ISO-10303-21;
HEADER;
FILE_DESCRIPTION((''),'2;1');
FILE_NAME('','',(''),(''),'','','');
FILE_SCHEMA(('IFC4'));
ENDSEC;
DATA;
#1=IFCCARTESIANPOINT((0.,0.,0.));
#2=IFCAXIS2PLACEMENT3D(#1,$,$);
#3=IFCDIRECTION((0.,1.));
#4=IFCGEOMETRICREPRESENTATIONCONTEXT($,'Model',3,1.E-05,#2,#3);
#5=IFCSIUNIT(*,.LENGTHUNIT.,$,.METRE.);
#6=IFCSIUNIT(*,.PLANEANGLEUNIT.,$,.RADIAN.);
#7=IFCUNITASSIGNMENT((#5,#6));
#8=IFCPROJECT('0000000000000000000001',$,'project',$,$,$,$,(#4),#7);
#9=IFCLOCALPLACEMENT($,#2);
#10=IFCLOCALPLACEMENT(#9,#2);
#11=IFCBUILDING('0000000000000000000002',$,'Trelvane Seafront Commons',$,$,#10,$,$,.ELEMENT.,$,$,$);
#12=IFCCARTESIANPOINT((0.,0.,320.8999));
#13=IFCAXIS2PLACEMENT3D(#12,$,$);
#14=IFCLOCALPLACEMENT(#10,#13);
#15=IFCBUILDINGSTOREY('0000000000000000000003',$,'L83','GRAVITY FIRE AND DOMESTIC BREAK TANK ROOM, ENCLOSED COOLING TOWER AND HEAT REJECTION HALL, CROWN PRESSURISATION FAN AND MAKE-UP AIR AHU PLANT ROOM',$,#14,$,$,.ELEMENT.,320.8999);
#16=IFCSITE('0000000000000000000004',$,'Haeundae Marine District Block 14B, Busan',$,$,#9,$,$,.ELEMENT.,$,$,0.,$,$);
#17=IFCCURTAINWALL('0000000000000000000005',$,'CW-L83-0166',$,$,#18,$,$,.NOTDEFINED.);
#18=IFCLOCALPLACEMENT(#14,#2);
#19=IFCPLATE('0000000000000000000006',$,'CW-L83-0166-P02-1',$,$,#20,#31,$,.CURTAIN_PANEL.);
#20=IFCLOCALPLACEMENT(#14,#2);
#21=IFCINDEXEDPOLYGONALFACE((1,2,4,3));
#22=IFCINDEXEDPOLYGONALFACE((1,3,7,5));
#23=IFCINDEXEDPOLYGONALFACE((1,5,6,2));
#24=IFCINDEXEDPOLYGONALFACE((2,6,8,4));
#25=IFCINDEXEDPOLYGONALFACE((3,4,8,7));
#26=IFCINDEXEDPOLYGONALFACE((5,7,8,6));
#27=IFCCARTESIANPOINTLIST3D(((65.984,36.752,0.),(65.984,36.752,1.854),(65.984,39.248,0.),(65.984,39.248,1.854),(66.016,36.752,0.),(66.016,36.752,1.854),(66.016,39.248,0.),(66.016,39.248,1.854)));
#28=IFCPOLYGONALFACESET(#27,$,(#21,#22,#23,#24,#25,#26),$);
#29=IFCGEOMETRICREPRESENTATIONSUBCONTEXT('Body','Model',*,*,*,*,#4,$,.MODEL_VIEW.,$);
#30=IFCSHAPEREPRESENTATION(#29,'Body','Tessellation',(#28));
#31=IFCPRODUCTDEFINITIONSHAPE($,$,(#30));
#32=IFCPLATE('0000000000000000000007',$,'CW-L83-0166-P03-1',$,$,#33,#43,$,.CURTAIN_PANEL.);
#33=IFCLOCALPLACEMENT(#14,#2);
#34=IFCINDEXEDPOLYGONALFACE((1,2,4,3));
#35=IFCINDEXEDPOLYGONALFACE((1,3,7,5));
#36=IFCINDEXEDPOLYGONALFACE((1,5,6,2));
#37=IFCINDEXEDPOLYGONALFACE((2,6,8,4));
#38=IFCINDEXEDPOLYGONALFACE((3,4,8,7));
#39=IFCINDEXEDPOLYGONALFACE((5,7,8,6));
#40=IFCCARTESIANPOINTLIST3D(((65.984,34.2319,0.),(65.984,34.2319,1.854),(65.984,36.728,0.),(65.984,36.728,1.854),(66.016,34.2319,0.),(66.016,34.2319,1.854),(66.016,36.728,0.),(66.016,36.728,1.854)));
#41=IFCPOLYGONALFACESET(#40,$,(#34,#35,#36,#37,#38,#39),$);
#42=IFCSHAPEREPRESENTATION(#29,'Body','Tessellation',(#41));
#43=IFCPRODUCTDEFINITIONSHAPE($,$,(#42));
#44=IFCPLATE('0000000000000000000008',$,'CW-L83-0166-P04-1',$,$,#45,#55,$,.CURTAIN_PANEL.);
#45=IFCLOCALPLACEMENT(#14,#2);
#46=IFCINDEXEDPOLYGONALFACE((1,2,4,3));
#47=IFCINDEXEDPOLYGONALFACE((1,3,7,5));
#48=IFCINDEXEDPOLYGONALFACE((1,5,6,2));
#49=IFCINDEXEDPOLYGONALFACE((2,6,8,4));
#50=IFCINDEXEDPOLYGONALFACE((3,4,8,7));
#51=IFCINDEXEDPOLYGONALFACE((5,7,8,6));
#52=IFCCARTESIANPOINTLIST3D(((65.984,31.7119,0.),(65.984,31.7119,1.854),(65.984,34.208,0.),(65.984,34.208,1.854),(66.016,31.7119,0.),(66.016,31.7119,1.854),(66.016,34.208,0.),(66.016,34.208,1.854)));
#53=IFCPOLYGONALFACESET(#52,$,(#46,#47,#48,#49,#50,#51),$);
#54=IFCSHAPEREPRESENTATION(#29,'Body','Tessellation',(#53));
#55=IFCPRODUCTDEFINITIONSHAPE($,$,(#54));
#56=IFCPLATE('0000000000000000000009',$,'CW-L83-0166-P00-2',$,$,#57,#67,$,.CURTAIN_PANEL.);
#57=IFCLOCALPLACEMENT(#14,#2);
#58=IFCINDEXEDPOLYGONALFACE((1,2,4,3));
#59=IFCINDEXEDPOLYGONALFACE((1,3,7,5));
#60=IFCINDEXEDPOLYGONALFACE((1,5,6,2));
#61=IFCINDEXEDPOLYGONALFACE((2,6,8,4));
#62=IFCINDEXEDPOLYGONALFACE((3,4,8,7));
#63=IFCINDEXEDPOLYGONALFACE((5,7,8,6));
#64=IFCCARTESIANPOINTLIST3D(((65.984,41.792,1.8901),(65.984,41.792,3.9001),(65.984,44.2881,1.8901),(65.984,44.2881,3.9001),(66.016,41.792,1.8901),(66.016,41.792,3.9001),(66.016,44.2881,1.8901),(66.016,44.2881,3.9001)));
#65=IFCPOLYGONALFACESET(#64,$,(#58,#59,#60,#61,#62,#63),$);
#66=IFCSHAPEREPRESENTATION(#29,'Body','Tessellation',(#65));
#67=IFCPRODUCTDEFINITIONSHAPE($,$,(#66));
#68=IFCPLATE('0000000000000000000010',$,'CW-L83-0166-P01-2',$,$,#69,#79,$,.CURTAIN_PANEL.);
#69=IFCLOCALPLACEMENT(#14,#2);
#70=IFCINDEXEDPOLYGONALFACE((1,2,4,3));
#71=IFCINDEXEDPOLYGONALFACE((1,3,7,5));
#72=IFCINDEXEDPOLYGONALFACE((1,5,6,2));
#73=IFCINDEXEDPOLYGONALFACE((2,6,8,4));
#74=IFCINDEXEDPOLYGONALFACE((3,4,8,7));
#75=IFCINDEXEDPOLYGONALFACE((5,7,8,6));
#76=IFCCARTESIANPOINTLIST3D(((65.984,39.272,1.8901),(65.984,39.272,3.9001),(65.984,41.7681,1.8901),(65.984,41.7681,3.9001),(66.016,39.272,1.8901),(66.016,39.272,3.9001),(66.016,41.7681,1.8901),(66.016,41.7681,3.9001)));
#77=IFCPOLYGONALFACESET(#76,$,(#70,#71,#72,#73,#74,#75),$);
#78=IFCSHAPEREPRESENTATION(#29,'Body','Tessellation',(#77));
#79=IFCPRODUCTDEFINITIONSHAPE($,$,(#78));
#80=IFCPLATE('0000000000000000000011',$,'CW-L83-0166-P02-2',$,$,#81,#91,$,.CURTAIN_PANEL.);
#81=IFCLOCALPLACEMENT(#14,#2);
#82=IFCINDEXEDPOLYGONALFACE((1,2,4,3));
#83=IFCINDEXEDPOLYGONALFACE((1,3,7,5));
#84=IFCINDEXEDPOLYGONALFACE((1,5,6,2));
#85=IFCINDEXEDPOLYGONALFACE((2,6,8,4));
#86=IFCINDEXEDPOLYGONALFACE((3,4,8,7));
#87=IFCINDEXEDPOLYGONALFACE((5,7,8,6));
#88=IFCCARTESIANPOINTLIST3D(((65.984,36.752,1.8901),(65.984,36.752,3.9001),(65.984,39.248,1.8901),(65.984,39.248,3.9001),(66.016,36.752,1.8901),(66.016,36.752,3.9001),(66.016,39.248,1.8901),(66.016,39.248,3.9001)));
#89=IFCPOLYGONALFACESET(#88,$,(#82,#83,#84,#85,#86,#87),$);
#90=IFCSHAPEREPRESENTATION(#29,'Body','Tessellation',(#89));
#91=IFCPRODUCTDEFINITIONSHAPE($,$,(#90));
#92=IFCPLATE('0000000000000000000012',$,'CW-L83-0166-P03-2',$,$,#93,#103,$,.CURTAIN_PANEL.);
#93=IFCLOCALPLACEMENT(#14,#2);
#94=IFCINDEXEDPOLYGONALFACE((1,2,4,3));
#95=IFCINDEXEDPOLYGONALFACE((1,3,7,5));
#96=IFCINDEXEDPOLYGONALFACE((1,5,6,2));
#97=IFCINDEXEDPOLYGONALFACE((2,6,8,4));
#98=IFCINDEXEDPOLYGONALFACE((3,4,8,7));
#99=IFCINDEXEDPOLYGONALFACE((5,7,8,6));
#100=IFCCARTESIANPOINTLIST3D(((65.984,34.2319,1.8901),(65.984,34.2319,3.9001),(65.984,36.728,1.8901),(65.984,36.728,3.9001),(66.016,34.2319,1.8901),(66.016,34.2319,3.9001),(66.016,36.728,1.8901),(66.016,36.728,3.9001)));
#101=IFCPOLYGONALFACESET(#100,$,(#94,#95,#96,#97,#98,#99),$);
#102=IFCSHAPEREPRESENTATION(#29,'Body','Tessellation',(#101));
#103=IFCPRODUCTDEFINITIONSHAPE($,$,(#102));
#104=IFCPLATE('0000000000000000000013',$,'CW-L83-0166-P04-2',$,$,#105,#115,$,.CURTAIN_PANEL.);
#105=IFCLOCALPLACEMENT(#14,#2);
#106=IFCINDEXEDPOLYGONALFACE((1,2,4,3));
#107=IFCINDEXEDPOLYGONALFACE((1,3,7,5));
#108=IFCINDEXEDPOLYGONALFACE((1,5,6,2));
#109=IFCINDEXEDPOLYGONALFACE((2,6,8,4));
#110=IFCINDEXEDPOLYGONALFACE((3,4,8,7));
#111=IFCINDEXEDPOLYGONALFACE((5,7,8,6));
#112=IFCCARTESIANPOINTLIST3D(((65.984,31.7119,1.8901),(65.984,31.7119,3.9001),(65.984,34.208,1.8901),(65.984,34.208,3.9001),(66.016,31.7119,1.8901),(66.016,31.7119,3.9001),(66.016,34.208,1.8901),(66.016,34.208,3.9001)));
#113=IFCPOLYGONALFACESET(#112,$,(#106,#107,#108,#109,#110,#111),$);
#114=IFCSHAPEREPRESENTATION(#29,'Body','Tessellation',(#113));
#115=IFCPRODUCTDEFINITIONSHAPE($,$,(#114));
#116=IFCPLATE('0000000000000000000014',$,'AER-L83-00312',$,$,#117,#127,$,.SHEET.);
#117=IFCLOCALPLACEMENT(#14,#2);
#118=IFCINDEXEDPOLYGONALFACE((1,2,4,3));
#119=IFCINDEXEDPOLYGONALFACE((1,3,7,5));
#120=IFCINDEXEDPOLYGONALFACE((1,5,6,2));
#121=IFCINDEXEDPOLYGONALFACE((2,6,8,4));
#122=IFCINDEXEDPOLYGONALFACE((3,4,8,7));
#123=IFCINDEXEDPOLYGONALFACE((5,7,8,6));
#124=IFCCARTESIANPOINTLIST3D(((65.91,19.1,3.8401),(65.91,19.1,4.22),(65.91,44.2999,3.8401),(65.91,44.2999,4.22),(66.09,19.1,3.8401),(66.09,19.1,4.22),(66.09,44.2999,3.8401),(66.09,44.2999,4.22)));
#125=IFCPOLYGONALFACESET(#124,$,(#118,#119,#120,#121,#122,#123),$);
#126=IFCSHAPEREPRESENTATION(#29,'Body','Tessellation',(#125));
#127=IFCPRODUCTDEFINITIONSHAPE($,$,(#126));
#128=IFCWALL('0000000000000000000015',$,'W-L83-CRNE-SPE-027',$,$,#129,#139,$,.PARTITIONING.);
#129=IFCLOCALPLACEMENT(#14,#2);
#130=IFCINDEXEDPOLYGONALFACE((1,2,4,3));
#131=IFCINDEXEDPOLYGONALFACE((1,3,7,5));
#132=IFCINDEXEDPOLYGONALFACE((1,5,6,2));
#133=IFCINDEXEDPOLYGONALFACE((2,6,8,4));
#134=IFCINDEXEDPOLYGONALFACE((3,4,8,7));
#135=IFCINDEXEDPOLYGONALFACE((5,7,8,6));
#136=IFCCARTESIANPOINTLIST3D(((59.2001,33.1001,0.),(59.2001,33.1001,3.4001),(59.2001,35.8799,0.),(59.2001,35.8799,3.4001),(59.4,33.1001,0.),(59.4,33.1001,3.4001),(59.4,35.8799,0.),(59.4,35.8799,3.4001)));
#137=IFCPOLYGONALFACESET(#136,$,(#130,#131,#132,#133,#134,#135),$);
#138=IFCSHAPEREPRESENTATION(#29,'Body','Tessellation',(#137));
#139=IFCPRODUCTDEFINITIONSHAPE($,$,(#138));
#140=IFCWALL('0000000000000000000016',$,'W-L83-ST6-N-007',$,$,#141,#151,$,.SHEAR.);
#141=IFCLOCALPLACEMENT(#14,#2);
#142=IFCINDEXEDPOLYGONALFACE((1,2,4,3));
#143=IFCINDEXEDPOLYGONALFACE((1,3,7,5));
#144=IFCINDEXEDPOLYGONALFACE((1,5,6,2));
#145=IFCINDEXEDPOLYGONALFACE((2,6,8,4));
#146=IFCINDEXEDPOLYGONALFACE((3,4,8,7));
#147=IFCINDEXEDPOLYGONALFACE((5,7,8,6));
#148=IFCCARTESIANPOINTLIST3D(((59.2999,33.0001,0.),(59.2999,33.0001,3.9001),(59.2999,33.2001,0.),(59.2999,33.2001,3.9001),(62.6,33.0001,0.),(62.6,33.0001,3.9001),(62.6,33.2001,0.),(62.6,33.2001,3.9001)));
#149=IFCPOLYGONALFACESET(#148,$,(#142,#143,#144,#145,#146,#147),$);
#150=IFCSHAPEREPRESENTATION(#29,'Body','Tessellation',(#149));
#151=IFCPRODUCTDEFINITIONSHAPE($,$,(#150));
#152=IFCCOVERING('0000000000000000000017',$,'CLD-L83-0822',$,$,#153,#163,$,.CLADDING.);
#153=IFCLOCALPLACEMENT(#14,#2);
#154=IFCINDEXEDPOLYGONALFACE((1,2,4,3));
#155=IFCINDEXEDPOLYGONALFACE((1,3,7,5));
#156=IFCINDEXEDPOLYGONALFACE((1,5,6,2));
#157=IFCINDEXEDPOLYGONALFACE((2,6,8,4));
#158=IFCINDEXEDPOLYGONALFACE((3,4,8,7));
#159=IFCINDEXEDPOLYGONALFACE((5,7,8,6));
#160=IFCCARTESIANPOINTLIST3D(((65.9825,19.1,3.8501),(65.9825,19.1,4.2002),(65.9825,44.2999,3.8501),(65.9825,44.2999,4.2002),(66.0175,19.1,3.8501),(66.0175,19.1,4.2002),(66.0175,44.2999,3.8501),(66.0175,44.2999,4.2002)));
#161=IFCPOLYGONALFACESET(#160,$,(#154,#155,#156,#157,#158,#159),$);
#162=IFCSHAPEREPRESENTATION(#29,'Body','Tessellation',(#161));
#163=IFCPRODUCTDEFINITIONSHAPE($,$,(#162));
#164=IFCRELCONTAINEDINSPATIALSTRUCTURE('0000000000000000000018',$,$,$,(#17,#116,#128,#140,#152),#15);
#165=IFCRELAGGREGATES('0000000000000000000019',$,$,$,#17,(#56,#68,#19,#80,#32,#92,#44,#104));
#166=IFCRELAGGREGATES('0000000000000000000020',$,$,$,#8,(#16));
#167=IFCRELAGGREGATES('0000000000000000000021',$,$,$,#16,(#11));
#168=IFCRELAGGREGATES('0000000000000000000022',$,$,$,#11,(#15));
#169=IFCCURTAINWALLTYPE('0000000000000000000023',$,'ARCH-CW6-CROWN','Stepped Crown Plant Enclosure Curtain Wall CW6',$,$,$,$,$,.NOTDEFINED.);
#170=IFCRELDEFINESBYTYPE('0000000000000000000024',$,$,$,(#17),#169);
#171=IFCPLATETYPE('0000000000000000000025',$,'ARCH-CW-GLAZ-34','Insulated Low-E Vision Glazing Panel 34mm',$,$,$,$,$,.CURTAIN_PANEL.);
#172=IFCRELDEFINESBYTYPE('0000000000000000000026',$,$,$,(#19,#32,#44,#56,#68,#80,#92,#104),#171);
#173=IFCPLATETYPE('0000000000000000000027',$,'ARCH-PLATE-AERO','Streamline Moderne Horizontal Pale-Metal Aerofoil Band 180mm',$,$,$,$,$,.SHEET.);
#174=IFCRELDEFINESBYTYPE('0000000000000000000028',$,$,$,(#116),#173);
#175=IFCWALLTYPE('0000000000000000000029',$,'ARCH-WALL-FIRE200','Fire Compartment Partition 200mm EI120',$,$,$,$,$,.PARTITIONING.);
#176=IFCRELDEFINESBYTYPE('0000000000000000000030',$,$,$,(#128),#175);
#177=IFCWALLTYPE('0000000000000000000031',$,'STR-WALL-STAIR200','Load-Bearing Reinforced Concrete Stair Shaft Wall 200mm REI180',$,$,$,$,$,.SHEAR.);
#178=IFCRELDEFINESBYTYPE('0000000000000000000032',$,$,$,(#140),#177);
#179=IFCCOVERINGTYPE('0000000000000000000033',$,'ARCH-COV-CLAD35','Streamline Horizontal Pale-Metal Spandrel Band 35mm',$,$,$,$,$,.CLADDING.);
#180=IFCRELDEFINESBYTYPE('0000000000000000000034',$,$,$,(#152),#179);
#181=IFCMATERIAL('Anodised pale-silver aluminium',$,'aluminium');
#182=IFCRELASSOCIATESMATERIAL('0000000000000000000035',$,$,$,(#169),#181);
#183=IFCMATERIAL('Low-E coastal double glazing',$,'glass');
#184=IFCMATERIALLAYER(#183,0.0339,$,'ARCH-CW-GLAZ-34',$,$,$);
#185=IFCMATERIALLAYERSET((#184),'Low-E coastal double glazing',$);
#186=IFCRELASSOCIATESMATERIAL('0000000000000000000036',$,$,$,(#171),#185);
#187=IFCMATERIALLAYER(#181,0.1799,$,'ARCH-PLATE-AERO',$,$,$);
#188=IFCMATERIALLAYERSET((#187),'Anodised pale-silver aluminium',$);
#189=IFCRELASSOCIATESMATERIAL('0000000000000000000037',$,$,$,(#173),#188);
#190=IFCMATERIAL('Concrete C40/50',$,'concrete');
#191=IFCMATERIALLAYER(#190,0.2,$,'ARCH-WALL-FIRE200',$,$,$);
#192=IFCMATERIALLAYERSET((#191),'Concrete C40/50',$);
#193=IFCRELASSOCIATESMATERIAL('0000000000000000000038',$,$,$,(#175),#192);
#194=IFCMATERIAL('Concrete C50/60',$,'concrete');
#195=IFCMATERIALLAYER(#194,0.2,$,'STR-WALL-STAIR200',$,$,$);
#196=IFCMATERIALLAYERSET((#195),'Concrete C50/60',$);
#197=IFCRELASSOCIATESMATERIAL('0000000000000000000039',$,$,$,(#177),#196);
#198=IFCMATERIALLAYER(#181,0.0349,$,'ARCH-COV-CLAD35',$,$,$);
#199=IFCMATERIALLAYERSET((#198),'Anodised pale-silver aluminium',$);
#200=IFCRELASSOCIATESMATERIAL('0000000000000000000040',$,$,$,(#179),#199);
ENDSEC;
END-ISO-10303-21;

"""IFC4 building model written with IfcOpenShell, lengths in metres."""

from ifc_helpers import new_model, si_unit, direction, frame, frame_2d, origin, origin_2d, place, context, subcontext, project, spatial, rectangle, extrude, source, transform, mapped, material, layer, layer_set, type_object, element, aggregate, save


model = new_model("IFC4")

# Units and contexts
model_context = context("Model", 3, precision=1e-05, world=origin(), true_north=direction((0.0, 1.0)))
body_context = subcontext(model_context, "Body", "Model", "MODEL_VIEW")
ifc_project = project(units=[si_unit("LENGTHUNIT", "METRE"), si_unit("PLANEANGLEUNIT", "RADIAN")], contexts=[model_context])

# Site, building, storey
site_placement = place(None, origin())
site = spatial("IfcSite", under=ifc_project, at=site_placement, Name="Haeundae Marine District Block 14B, Busan", CompositionType="ELEMENT", RefElevation=0.0)
building_placement = place(site_placement, origin())
building = spatial("IfcBuilding", under=site, at=building_placement, Name="Trelvane Seafront Commons", CompositionType="ELEMENT")
storey_placement = place(building_placement, frame((0.0, 0.0, 320.8999)))
storey = spatial("IfcBuildingStorey", under=building, at=storey_placement, Name="L83", Description="GRAVITY FIRE AND DOMESTIC BREAK TANK ROOM, ENCLOSED COOLING TOWER AND HEAT REJECTION HALL, CROWN PRESSURISATION FAN AND MAKE-UP AIR AHU PLANT ROOM", CompositionType="ELEMENT", Elevation=320.8999)

# Curtain wall
ifc_material_1 = material(Name="Anodised pale-silver aluminium", Category="aluminium")
curtain_wall_type = type_object("IfcCurtainWallType", Name="ARCH-CW6-CROWN", Description="Stepped Crown Plant Enclosure Curtain Wall CW6", PredefinedType="NOTDEFINED", material=ifc_material_1)
curtain_wall_placement = place(storey_placement, origin())
curtain_wall = element("IfcCurtainWall", 1, at=curtain_wall_placement, inside=storey, type_object=curtain_wall_type, Name="CW-L83-0166", PredefinedType="NOTDEFINED")

# Plates
ifc_material_2 = material(Name="Low-E coastal double glazing", Category="glass")
ifc_layer_1 = layer(ifc_material_2, 0.0339, Name="ARCH-CW-GLAZ-34")
ifc_layer_set_1 = layer_set([ifc_layer_1], Name="Low-E coastal double glazing")
plate_type_1 = type_object("IfcPlateType", Name="ARCH-CW-GLAZ-34", Description="Insulated Low-E Vision Glazing Panel 34mm", PredefinedType="CURTAIN_PANEL", material=ifc_layer_set_1)
shared_shape_1 = source(origin(), body_context, "Body", "SweptSolid", [
    extrude(rectangle(XDim=2.4961, YDim=0.032, at=origin_2d()), origin(), (0.0, 0.0, 1.0), 1.854),
])
plate_1_placement = place(storey_placement, frame((66.0, 38.0, 0.0), z_axis=(0.0, 0.0, 1.0), x_axis=(0.0, -1.0, 0.0)))
plate_1 = element("IfcPlate", 2, at=plate_1_placement, type_object=plate_type_1, Name="CW-L83-0166-P02-1", PredefinedType="CURTAIN_PANEL", context=body_context, shape_type="MappedRepresentation", body=[
    mapped(shared_shape_1, transform((0.0, 0.0, 0.0), x_axis=(1.0, 0.0, 0.0), y_axis=(0.0, 1.0, 0.0), z_axis=(0.0, 0.0, 1.0), scale=1.0)),
])
plate_2_placement = place(storey_placement, frame((66.0, 35.48, 0.0), z_axis=(0.0, 0.0, 1.0), x_axis=(0.0, -1.0, 0.0)))
plate_2 = element("IfcPlate", 3, at=plate_2_placement, type_object=plate_type_1, Name="CW-L83-0166-P03-1", PredefinedType="CURTAIN_PANEL", context=body_context, shape_type="MappedRepresentation", body=[
    mapped(shared_shape_1, transform((0.0, 0.0, 0.0), x_axis=(1.0, 0.0, 0.0), y_axis=(0.0, 1.0, 0.0), z_axis=(0.0, 0.0, 1.0), scale=1.0)),
])
plate_3_placement = place(storey_placement, frame((66.0, 32.96, 0.0), z_axis=(0.0, 0.0, 1.0), x_axis=(0.0, -1.0, 0.0)))
plate_3 = element("IfcPlate", 4, at=plate_3_placement, type_object=plate_type_1, Name="CW-L83-0166-P04-1", PredefinedType="CURTAIN_PANEL", context=body_context, shape_type="MappedRepresentation", body=[
    mapped(shared_shape_1, transform((0.0, 0.0, 0.0), x_axis=(1.0, 0.0, 0.0), y_axis=(0.0, 1.0, 0.0), z_axis=(0.0, 0.0, 1.0), scale=1.0)),
])
shared_shape_2 = source(origin(), body_context, "Body", "SweptSolid", [
    extrude(rectangle(XDim=2.4961, YDim=0.032, at=origin_2d()), origin(), (0.0, 0.0, 1.0), 2.01),
])
plate_4_placement = place(storey_placement, frame((66.0, 43.04, 1.8901), z_axis=(0.0, 0.0, 1.0), x_axis=(0.0, -1.0, 0.0)))
plate_4 = element("IfcPlate", 5, at=plate_4_placement, type_object=plate_type_1, Name="CW-L83-0166-P00-2", PredefinedType="CURTAIN_PANEL", context=body_context, shape_type="MappedRepresentation", body=[
    mapped(shared_shape_2, transform((0.0, 0.0, 0.0), x_axis=(1.0, 0.0, 0.0), y_axis=(0.0, 1.0, 0.0), z_axis=(0.0, 0.0, 1.0), scale=1.0)),
])
plate_5_placement = place(storey_placement, frame((66.0, 40.52, 1.8901), z_axis=(0.0, 0.0, 1.0), x_axis=(0.0, -1.0, 0.0)))
plate_5 = element("IfcPlate", 6, at=plate_5_placement, type_object=plate_type_1, Name="CW-L83-0166-P01-2", PredefinedType="CURTAIN_PANEL", context=body_context, shape_type="MappedRepresentation", body=[
    mapped(shared_shape_2, transform((0.0, 0.0, 0.0), x_axis=(1.0, 0.0, 0.0), y_axis=(0.0, 1.0, 0.0), z_axis=(0.0, 0.0, 1.0), scale=1.0)),
])
plate_6_placement = place(storey_placement, frame((66.0, 38.0, 1.8901), z_axis=(0.0, 0.0, 1.0), x_axis=(0.0, -1.0, 0.0)))
plate_6 = element("IfcPlate", 7, at=plate_6_placement, type_object=plate_type_1, Name="CW-L83-0166-P02-2", PredefinedType="CURTAIN_PANEL", context=body_context, shape_type="MappedRepresentation", body=[
    mapped(shared_shape_2, transform((0.0, 0.0, 0.0), x_axis=(1.0, 0.0, 0.0), y_axis=(0.0, 1.0, 0.0), z_axis=(0.0, 0.0, 1.0), scale=1.0)),
])
plate_7_placement = place(storey_placement, frame((66.0, 35.48, 1.8901), z_axis=(0.0, 0.0, 1.0), x_axis=(0.0, -1.0, 0.0)))
plate_7 = element("IfcPlate", 8, at=plate_7_placement, type_object=plate_type_1, Name="CW-L83-0166-P03-2", PredefinedType="CURTAIN_PANEL", context=body_context, shape_type="MappedRepresentation", body=[
    mapped(shared_shape_2, transform((0.0, 0.0, 0.0), x_axis=(1.0, 0.0, 0.0), y_axis=(0.0, 1.0, 0.0), z_axis=(0.0, 0.0, 1.0), scale=1.0)),
])
plate_8_placement = place(storey_placement, frame((66.0, 32.96, 1.8901), z_axis=(0.0, 0.0, 1.0), x_axis=(0.0, -1.0, 0.0)))
plate_8 = element("IfcPlate", 9, at=plate_8_placement, type_object=plate_type_1, Name="CW-L83-0166-P04-2", PredefinedType="CURTAIN_PANEL", context=body_context, shape_type="MappedRepresentation", body=[
    mapped(shared_shape_2, transform((0.0, 0.0, 0.0), x_axis=(1.0, 0.0, 0.0), y_axis=(0.0, 1.0, 0.0), z_axis=(0.0, 0.0, 1.0), scale=1.0)),
])
aggregate(curtain_wall, [plate_4, plate_5, plate_1, plate_6, plate_2, plate_7, plate_3, plate_8])
ifc_layer_2 = layer(ifc_material_1, 0.1799, Name="ARCH-PLATE-AERO")
ifc_layer_set_2 = layer_set([ifc_layer_2], Name="Anodised pale-silver aluminium")
plate_type_2 = type_object("IfcPlateType", Name="ARCH-PLATE-AERO", Description="Streamline Moderne Horizontal Pale-Metal Aerofoil Band 180mm", PredefinedType="SHEET", material=ifc_layer_set_2)
shared_shape_3 = source(origin(), body_context, "Body", "SweptSolid", [
    extrude(rectangle(XDim=25.2, YDim=0.1799, at=origin_2d()), origin(), (0.0, 0.0, 1.0), 0.3799),
])
plate_9_placement = place(storey_placement, frame((66.0, 31.7, 3.8401), z_axis=(0.0, 0.0, 1.0), x_axis=(0.0, -1.0, 0.0)))
element("IfcPlate", 10, at=plate_9_placement, inside=storey, type_object=plate_type_2, Name="AER-L83-00312", PredefinedType="SHEET", context=body_context, shape_type="MappedRepresentation", body=[
    mapped(shared_shape_3, transform((0.0, 0.0, 0.0), x_axis=(1.0, 0.0, 0.0), y_axis=(0.0, 1.0, 0.0), z_axis=(0.0, 0.0, 1.0), scale=1.0)),
])

# Walls
ifc_material_3 = material(Name="Concrete C40/50", Category="concrete")
ifc_layer_3 = layer(ifc_material_3, 0.2, Name="ARCH-WALL-FIRE200")
ifc_layer_set_3 = layer_set([ifc_layer_3], Name="Concrete C40/50")
wall_type_1 = type_object("IfcWallType", Name="ARCH-WALL-FIRE200", Description="Fire Compartment Partition 200mm EI120", PredefinedType="PARTITIONING", material=ifc_layer_set_3)
wall_1_placement = place(storey_placement, frame((59.3, 33.1001, 0.0), z_axis=(0.0, 0.0, 1.0), x_axis=(0.0, 1.0, 0.0)))
element("IfcWall", 11, at=wall_1_placement, inside=storey, type_object=wall_type_1, Name="W-L83-CRNE-SPE-027", PredefinedType="PARTITIONING", context=body_context, shape_type="SweptSolid", body=[
    extrude(rectangle(XDim=2.7798, YDim=0.2, at=frame_2d((1.3899, 0.0))), origin(), (0.0, 0.0, 1.0), 3.4001),
])
ifc_material_4 = material(Name="Concrete C50/60", Category="concrete")
ifc_layer_4 = layer(ifc_material_4, 0.2, Name="STR-WALL-STAIR200")
ifc_layer_set_4 = layer_set([ifc_layer_4], Name="Concrete C50/60")
wall_type_2 = type_object("IfcWallType", Name="STR-WALL-STAIR200", Description="Load-Bearing Reinforced Concrete Stair Shaft Wall 200mm REI180", PredefinedType="SHEAR", material=ifc_layer_set_4)
wall_2_placement = place(storey_placement, frame((59.3, 33.1001, 0.0), z_axis=(0.0, 0.0, 1.0), x_axis=(1.0, 0.0, 0.0)))
element("IfcWall", 12, at=wall_2_placement, inside=storey, type_object=wall_type_2, Name="W-L83-ST6-N-007", PredefinedType="SHEAR", context=body_context, shape_type="SweptSolid", body=[
    extrude(rectangle(XDim=3.3, YDim=0.2, at=frame_2d((1.6499, 0.0))), origin(), (0.0, 0.0, 1.0), 3.9001),
])

# Covering
ifc_layer_5 = layer(ifc_material_1, 0.0349, Name="ARCH-COV-CLAD35")
ifc_layer_set_5 = layer_set([ifc_layer_5], Name="Anodised pale-silver aluminium")
covering_type = type_object("IfcCoveringType", Name="ARCH-COV-CLAD35", Description="Streamline Horizontal Pale-Metal Spandrel Band 35mm", PredefinedType="CLADDING", material=ifc_layer_set_5)
shared_shape_4 = source(origin(), body_context, "Body", "SweptSolid", [
    extrude(rectangle(XDim=25.2, YDim=0.0349, at=origin_2d()), origin(), (0.0, 0.0, 1.0), 0.3501),
])
covering_placement = place(storey_placement, frame((66.0, 31.7, 3.8501), z_axis=(0.0, 0.0, 1.0), x_axis=(0.0, -1.0, 0.0)))
element("IfcCovering", 13, at=covering_placement, inside=storey, type_object=covering_type, Name="CLD-L83-0822", PredefinedType="CLADDING", context=body_context, shape_type="MappedRepresentation", body=[
    mapped(shared_shape_4, transform((0.0, 0.0, 0.0), x_axis=(1.0, 0.0, 0.0), y_axis=(0.0, 1.0, 0.0), z_axis=(0.0, 0.0, 1.0), scale=1.0)),
])

save(model, "model.ifc")
